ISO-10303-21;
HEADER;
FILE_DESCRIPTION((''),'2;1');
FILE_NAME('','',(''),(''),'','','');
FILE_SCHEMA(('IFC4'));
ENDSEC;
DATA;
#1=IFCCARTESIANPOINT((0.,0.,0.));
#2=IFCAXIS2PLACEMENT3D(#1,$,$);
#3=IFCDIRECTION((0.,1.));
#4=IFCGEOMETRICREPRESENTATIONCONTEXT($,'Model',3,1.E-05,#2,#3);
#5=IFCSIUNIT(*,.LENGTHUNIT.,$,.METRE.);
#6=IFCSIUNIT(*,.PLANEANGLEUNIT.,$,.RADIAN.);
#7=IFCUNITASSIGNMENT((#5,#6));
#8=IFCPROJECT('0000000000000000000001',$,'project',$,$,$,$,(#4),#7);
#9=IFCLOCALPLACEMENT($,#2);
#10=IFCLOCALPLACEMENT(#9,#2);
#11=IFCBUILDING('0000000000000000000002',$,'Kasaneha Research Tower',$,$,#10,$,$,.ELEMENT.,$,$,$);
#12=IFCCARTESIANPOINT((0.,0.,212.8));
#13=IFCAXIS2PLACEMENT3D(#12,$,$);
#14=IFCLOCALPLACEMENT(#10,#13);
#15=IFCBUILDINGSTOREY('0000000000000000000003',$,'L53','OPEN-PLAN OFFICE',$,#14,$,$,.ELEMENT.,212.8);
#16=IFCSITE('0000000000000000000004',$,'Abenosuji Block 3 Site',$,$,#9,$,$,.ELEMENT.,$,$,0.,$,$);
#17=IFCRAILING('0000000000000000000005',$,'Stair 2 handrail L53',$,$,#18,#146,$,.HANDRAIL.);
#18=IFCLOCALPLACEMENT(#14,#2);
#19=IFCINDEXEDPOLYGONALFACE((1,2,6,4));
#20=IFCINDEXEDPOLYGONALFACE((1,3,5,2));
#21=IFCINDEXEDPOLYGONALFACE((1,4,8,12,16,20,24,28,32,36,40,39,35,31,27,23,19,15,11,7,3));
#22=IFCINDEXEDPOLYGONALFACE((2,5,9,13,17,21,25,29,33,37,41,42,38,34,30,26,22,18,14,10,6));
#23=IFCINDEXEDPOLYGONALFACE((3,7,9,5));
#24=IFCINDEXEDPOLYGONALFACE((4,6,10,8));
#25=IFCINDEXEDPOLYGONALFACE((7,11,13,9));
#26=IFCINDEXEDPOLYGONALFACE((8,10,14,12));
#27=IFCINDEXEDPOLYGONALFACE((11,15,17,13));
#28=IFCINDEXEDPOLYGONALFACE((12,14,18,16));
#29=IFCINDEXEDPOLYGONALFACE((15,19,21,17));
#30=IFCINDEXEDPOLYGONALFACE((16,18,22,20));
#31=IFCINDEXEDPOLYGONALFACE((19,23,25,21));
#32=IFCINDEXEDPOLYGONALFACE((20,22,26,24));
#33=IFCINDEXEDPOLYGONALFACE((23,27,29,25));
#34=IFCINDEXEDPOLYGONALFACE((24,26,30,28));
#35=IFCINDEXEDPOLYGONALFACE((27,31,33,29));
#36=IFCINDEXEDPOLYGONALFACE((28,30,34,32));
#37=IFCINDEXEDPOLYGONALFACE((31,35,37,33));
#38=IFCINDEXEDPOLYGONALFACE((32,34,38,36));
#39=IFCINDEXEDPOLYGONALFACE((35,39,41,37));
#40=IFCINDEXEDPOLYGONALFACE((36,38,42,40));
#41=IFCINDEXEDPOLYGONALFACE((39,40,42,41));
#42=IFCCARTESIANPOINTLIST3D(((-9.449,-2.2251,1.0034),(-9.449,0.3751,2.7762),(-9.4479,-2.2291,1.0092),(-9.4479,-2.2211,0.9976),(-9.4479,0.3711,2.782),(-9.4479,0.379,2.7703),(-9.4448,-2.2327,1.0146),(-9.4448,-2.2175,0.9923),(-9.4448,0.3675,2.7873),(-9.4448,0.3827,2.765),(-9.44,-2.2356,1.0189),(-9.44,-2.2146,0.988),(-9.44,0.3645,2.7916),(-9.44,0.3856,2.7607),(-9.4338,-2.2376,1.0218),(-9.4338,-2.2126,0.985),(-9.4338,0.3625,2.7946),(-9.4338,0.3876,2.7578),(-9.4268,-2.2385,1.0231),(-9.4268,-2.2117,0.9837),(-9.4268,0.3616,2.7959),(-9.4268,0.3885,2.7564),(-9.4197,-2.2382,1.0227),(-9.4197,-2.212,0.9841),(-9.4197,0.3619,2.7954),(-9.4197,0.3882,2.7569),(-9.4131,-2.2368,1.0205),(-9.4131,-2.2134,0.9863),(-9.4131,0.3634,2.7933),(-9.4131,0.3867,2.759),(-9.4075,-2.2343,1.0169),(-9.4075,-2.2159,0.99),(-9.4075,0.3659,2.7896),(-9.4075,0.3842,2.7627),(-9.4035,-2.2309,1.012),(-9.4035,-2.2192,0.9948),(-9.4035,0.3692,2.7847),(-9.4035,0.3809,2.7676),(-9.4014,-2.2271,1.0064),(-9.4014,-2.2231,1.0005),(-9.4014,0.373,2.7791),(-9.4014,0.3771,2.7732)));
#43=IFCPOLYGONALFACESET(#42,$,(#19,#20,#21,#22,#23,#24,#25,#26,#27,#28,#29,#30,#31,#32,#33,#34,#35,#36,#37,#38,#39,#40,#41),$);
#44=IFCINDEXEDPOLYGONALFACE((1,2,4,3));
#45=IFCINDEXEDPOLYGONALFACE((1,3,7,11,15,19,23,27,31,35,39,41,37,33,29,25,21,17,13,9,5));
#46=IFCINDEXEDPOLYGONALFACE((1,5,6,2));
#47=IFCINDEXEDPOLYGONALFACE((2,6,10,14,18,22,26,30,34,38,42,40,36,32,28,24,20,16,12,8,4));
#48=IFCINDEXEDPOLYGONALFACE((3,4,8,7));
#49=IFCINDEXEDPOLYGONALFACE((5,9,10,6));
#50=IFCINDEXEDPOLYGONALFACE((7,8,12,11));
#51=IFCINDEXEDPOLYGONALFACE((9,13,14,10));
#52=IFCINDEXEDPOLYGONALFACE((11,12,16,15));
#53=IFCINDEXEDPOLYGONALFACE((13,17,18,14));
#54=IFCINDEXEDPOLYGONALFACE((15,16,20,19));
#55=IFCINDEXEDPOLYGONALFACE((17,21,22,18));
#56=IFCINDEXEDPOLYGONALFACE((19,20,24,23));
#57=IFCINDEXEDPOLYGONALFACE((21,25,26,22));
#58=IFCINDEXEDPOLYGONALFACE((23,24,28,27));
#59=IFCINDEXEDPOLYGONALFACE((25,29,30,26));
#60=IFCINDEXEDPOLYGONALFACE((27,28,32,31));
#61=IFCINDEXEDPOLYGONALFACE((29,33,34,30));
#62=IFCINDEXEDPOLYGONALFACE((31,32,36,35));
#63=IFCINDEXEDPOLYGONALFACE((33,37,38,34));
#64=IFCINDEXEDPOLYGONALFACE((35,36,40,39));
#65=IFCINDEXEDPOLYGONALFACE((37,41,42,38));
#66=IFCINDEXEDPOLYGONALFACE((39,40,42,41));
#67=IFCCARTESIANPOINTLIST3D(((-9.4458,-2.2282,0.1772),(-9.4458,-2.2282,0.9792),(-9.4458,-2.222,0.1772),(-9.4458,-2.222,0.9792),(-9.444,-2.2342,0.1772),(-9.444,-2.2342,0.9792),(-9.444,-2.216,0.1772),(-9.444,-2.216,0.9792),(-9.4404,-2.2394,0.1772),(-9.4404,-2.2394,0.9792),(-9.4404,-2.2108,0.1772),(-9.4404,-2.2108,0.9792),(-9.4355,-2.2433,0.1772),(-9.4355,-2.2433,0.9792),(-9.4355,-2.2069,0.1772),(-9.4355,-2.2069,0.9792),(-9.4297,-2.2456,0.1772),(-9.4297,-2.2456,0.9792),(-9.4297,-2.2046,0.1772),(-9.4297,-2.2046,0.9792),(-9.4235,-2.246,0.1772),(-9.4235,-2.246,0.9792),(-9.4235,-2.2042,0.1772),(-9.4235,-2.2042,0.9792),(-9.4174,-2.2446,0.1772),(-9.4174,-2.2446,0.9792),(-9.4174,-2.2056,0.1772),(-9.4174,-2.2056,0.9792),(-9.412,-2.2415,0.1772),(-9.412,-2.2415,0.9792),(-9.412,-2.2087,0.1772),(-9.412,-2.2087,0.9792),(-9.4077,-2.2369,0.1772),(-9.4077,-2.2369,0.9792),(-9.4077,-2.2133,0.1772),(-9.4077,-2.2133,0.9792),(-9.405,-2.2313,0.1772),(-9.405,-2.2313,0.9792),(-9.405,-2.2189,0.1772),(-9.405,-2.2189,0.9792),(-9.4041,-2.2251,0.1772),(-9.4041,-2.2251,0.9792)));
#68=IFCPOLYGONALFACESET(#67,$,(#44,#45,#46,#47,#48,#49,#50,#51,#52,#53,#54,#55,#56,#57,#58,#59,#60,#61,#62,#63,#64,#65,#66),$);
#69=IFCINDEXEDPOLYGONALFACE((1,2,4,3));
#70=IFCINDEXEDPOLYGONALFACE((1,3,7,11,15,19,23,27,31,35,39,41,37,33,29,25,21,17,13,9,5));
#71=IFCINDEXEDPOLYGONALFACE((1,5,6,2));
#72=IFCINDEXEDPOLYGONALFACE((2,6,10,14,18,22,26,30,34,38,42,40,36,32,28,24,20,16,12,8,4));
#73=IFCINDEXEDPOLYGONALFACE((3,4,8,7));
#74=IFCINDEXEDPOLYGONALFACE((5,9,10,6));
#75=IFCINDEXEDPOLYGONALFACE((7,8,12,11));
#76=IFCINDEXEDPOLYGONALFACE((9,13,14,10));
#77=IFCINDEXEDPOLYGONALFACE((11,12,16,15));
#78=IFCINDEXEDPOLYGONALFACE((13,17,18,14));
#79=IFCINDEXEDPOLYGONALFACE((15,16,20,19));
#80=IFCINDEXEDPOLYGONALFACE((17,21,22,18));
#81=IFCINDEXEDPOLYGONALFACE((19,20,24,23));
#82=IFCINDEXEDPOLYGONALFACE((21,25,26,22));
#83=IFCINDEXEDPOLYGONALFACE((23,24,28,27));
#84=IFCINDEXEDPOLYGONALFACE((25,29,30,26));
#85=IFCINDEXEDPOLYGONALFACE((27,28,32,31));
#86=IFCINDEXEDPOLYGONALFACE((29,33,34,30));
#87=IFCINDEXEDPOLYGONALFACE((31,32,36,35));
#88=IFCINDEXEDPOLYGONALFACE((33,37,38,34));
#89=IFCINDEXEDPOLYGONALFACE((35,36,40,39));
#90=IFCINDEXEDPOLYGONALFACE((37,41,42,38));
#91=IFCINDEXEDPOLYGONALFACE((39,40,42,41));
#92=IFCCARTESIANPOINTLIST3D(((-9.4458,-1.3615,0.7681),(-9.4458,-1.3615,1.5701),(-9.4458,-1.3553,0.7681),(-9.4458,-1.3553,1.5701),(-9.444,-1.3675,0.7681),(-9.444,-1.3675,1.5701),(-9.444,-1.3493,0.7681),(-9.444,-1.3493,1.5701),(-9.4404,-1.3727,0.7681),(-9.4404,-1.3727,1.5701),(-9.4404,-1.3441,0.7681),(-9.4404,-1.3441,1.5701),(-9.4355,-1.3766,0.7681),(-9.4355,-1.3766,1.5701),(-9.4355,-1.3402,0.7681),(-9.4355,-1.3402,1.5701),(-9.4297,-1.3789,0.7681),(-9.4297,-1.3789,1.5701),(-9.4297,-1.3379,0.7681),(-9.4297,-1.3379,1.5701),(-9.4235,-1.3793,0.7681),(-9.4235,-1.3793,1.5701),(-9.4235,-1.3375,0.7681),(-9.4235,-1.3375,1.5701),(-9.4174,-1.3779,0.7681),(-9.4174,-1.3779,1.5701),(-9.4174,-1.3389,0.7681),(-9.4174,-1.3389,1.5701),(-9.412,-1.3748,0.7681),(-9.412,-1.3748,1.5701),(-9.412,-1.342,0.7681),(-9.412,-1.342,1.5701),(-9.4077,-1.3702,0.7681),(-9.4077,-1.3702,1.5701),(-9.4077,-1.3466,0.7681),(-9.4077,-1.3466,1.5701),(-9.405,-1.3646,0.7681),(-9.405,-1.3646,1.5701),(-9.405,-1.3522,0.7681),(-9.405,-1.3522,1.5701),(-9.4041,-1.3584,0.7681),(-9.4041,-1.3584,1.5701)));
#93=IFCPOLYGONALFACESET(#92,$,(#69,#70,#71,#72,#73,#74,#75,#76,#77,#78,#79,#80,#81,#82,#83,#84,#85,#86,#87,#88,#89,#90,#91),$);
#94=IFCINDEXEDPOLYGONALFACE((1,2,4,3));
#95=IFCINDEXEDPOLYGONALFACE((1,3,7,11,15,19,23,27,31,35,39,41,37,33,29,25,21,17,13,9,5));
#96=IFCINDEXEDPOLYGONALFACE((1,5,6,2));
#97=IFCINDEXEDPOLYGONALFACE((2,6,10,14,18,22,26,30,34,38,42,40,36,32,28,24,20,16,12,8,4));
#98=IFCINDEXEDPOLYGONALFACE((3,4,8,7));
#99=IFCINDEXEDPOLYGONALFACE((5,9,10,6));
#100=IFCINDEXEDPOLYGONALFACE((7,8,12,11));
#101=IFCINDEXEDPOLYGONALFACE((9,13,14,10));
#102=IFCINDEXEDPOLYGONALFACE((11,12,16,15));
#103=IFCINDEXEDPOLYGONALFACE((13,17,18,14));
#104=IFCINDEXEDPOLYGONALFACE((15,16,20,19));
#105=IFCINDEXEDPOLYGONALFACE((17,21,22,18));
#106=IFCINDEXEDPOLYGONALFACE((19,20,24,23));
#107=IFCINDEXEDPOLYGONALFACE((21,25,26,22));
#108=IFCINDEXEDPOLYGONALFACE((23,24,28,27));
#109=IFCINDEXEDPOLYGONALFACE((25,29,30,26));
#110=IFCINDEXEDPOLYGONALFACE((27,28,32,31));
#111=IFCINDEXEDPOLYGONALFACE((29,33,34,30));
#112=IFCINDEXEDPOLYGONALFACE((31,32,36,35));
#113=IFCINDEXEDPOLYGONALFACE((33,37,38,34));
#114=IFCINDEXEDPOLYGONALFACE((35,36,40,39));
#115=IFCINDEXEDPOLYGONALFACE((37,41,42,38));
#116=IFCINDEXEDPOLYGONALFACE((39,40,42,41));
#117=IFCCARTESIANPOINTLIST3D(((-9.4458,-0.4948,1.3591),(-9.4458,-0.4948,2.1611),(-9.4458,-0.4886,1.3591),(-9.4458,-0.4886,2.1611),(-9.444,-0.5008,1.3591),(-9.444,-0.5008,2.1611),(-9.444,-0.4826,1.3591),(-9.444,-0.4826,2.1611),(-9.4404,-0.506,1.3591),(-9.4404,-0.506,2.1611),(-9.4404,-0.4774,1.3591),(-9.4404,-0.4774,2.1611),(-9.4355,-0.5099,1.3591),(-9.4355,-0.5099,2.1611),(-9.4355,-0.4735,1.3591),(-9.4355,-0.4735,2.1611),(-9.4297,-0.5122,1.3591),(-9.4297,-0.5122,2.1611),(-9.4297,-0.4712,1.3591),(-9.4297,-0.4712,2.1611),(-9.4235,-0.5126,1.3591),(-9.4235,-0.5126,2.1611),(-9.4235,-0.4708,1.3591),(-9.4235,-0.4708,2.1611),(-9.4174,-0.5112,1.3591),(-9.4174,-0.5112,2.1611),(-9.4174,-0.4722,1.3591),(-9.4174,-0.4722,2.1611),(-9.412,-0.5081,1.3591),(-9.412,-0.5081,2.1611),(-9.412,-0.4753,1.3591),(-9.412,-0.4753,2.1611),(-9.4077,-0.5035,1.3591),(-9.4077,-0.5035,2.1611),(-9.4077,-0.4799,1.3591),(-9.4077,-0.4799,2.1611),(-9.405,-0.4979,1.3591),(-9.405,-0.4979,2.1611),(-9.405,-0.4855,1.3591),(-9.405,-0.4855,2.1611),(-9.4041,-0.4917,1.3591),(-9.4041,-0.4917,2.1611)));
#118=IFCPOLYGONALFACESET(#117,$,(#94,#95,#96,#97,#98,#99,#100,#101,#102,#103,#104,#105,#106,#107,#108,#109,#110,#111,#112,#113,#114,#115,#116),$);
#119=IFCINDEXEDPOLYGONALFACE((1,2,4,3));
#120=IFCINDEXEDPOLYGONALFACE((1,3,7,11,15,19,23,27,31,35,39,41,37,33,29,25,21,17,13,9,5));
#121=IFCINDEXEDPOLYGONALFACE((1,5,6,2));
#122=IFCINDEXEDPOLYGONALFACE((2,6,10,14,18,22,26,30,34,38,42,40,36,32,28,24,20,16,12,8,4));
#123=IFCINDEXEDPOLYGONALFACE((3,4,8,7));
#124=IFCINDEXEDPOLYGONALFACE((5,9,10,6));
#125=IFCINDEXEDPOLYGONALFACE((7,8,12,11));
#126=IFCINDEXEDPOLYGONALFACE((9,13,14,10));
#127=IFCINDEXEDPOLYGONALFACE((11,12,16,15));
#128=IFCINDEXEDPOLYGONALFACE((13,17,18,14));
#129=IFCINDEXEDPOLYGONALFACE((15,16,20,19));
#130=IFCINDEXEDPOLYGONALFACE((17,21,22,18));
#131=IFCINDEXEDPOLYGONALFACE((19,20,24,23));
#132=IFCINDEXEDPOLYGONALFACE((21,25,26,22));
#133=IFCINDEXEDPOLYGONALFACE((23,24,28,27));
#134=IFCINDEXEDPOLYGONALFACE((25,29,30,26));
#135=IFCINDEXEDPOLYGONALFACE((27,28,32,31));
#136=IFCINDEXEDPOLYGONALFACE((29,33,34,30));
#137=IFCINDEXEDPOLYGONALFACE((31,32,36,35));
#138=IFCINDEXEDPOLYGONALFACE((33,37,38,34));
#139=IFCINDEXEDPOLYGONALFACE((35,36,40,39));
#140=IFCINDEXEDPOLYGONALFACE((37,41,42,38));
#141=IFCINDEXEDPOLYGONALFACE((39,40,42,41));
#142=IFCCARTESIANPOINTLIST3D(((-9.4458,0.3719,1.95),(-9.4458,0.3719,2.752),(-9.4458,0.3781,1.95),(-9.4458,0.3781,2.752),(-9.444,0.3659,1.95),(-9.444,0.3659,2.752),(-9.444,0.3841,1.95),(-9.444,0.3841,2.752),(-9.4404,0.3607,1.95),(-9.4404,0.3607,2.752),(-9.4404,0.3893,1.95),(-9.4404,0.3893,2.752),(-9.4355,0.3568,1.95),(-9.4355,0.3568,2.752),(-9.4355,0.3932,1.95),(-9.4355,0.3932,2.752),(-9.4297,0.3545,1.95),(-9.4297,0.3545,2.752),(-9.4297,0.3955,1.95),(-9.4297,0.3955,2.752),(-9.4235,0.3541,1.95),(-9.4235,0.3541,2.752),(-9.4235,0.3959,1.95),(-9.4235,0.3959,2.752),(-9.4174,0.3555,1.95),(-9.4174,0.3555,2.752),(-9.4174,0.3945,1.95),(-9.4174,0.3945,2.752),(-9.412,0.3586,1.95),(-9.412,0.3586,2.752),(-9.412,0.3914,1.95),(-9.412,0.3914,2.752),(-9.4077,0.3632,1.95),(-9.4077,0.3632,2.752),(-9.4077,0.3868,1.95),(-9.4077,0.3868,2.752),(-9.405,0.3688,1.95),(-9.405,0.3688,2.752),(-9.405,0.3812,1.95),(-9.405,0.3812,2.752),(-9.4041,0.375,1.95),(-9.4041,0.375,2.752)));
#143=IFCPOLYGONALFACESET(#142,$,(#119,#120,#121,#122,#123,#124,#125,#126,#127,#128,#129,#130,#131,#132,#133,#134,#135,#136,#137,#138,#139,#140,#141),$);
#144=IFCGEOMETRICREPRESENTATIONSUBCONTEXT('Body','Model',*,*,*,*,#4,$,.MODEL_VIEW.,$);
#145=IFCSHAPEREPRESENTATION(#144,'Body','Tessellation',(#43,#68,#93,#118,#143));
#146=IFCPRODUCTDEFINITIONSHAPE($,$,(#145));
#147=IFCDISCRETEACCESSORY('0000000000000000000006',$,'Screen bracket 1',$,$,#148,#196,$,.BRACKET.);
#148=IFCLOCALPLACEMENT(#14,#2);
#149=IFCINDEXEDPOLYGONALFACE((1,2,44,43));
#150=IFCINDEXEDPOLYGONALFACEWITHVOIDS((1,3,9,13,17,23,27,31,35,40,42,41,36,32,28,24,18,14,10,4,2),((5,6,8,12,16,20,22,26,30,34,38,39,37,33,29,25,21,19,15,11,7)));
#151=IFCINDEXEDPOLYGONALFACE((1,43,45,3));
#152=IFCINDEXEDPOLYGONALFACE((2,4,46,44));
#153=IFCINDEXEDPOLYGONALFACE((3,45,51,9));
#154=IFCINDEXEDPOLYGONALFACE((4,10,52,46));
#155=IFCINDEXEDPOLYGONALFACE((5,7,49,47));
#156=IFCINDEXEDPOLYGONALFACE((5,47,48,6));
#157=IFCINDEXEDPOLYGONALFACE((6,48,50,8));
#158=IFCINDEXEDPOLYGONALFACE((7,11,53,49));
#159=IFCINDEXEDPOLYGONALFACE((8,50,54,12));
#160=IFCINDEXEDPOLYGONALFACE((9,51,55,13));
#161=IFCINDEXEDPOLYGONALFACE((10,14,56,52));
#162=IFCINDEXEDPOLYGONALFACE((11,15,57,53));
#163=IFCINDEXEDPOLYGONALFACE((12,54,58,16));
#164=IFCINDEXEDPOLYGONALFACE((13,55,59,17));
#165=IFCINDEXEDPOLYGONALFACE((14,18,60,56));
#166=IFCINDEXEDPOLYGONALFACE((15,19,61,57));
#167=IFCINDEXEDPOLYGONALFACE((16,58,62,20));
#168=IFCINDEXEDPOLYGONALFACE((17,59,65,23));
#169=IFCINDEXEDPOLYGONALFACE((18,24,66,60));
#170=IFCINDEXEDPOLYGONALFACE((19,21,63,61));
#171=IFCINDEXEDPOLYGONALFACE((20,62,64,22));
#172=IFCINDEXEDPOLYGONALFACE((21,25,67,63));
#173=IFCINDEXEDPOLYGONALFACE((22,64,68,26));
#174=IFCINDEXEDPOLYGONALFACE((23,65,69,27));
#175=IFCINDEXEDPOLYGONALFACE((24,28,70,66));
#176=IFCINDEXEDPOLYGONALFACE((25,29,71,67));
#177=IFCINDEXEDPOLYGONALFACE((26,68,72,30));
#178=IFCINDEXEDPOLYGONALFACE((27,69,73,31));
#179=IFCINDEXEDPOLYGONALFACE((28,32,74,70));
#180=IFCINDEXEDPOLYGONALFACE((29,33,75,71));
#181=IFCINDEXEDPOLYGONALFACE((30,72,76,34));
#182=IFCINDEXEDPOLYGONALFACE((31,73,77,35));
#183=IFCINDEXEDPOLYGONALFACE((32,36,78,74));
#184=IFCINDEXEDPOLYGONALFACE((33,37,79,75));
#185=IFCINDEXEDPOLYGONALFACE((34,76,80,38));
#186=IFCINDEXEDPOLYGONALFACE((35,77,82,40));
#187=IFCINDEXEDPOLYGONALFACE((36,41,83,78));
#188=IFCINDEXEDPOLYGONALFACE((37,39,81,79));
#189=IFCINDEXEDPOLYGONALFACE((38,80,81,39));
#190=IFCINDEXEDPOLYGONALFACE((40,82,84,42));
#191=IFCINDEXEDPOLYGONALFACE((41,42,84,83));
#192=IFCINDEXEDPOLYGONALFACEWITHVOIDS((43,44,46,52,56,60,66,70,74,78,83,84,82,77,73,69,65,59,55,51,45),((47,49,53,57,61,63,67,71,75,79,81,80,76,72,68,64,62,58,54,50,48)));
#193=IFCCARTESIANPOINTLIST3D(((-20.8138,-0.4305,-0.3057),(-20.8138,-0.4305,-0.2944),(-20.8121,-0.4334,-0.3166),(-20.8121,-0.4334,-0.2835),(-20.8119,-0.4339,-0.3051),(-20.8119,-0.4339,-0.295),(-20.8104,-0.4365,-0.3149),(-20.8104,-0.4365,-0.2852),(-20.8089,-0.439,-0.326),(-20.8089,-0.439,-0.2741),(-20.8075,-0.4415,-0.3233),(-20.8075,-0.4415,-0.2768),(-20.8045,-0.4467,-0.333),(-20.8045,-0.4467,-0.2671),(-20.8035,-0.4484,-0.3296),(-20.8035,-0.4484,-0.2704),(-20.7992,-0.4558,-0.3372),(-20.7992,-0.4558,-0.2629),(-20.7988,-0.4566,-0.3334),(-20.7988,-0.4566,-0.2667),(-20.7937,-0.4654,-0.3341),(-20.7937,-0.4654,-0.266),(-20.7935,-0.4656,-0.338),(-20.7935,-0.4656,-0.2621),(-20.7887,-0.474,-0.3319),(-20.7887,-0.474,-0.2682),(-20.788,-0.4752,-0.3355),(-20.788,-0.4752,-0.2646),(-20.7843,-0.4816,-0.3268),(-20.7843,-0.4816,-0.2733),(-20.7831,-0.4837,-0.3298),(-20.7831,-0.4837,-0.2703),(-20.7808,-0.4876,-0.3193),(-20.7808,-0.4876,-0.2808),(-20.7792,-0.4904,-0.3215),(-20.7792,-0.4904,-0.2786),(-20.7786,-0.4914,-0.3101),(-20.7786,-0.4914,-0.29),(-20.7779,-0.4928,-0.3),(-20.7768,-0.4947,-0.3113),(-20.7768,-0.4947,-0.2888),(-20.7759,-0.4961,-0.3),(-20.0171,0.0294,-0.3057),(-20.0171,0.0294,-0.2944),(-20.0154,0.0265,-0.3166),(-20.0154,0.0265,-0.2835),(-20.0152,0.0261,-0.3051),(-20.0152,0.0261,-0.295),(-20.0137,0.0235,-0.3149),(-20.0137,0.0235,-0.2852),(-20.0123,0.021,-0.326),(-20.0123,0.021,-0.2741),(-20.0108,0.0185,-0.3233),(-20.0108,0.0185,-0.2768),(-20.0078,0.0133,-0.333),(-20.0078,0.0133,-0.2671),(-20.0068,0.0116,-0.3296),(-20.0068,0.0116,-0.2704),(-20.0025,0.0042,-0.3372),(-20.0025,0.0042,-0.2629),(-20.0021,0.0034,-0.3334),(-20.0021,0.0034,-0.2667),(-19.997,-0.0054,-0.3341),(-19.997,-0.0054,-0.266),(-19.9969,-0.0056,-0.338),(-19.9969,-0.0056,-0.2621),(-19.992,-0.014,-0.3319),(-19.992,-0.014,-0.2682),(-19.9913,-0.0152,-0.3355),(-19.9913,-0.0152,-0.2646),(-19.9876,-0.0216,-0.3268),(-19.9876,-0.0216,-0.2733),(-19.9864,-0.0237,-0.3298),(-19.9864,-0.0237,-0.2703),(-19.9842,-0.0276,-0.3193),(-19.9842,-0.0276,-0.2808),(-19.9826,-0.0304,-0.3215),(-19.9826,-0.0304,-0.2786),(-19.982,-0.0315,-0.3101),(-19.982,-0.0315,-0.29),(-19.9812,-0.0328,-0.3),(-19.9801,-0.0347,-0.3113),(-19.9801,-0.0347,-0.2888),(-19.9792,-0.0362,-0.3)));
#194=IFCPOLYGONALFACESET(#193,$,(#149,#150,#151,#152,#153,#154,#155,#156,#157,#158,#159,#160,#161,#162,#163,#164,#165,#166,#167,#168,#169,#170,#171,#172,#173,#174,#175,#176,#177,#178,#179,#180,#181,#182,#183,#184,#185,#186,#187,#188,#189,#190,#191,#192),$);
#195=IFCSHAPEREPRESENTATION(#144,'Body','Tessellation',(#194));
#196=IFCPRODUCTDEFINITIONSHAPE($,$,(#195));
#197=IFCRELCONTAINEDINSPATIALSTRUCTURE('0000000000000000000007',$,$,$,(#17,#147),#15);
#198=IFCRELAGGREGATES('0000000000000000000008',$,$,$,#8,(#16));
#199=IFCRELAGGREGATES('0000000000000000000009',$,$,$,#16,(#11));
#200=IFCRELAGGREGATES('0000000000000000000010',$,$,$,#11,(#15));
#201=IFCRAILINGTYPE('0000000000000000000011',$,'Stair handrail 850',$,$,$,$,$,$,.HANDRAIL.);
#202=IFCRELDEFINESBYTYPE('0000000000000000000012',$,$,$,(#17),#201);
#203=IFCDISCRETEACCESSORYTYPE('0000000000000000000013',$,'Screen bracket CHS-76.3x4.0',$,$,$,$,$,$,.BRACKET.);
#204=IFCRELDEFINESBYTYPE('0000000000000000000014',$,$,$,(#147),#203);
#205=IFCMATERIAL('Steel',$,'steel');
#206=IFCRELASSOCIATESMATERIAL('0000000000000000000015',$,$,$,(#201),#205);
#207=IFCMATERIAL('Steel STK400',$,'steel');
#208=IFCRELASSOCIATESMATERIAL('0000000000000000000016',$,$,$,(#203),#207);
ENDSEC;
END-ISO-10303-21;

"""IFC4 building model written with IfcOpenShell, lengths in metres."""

from ifc_helpers import new_model, si_unit, direction, frame, origin, origin_2d, place, context, subcontext, project, spatial, circle, hollow_circle, extrude, material, material_profile, profile_set, type_object, element, save


model = new_model("IFC4")

# Units and contexts
model_context = context("Model", 3, precision=1e-05, world=origin(), true_north=direction((0.0, 1.0)))
body_context = subcontext(model_context, "Body", "Model", "MODEL_VIEW")
ifc_project = project(units=[si_unit("LENGTHUNIT", "METRE"), si_unit("PLANEANGLEUNIT", "RADIAN")], contexts=[model_context])

# Site, building, storey
site_placement = place(None, origin())
site = spatial("IfcSite", under=ifc_project, at=site_placement, Name="Abenosuji Block 3 Site", CompositionType="ELEMENT", RefElevation=0.0)
building_placement = place(site_placement, origin())
building = spatial("IfcBuilding", under=site, at=building_placement, Name="Kasaneha Research Tower", CompositionType="ELEMENT")
storey_placement = place(building_placement, frame((0.0, 0.0, 212.8)))
storey = spatial("IfcBuildingStorey", under=building, at=storey_placement, Name="L53", Description="OPEN-PLAN OFFICE", CompositionType="ELEMENT", Elevation=212.8)

# Railing
ifc_material_1 = material(Name="Steel", Category="steel")
railing_type = type_object("IfcRailingType", Name="Stair handrail 850", PredefinedType="HANDRAIL", material=ifc_material_1)
railing_placement = place(storey_placement, frame((-9.425, -2.2251, 0.1772)))
element("IfcRailing", 1, at=railing_placement, inside=storey, type_object=railing_type, Name="Stair 2 handrail L53", PredefinedType="HANDRAIL", context=body_context, shape_type="SweptSolid", body=[
    extrude(circle(Radius=0.0239, at=origin_2d()), frame((0.0, 0.0, 0.8262), z_axis=(0.0, 0.82624, 0.563318), x_axis=(-1.0, 0.0, 0.0)), (0.0, 0.0, 1.0), 3.147),
    extrude(circle(Radius=0.021, at=origin_2d()), origin(), (0.0, 0.0, 1.0), 0.802),
    extrude(circle(Radius=0.021, at=origin_2d()), frame((0.0, 0.8667, 0.5908)), (0.0, 0.0, 1.0), 0.802),
    extrude(circle(Radius=0.021, at=origin_2d()), frame((0.0, 1.7334, 1.1819)), (0.0, 0.0, 1.0), 0.802),
    extrude(circle(Radius=0.021, at=origin_2d()), frame((0.0, 2.6001, 1.7727)), (0.0, 0.0, 1.0), 0.802),
])

# Discrete accessory
ifc_material_2 = material(Name="Steel STK400", Category="steel")
ifc_material_profile_1 = material_profile(ifc_material_2, hollow_circle(Radius=0.0381, WallThickness=0.0039, at=origin_2d()), Name="CHS-76.3x4.0")
ifc_profile_set_1 = profile_set([ifc_material_profile_1], Name="Steel STK400")
discrete_accessory_type = type_object("IfcDiscreteAccessoryType", Name="Screen bracket CHS-76.3x4.0", PredefinedType="BRACKET", material=ifc_profile_set_1)
discrete_accessory_placement = place(storey_placement, frame((-19.9983, -0.0032, -0.3), z_axis=(-0.866013, -0.500021, 0.0), x_axis=(0.500021, -0.866013, 0.0)))
element("IfcDiscreteAccessory", 2, at=discrete_accessory_placement, inside=storey, type_object=discrete_accessory_type, Name="Screen bracket 1", PredefinedType="BRACKET", context=body_context, shape_type="SweptSolid", body=[
    extrude(hollow_circle(Radius=0.0381, WallThickness=0.0039, at=origin_2d()), origin(), (0.0, 0.0, 1.0), 0.9199),
])

save(model, "model.ifc")
